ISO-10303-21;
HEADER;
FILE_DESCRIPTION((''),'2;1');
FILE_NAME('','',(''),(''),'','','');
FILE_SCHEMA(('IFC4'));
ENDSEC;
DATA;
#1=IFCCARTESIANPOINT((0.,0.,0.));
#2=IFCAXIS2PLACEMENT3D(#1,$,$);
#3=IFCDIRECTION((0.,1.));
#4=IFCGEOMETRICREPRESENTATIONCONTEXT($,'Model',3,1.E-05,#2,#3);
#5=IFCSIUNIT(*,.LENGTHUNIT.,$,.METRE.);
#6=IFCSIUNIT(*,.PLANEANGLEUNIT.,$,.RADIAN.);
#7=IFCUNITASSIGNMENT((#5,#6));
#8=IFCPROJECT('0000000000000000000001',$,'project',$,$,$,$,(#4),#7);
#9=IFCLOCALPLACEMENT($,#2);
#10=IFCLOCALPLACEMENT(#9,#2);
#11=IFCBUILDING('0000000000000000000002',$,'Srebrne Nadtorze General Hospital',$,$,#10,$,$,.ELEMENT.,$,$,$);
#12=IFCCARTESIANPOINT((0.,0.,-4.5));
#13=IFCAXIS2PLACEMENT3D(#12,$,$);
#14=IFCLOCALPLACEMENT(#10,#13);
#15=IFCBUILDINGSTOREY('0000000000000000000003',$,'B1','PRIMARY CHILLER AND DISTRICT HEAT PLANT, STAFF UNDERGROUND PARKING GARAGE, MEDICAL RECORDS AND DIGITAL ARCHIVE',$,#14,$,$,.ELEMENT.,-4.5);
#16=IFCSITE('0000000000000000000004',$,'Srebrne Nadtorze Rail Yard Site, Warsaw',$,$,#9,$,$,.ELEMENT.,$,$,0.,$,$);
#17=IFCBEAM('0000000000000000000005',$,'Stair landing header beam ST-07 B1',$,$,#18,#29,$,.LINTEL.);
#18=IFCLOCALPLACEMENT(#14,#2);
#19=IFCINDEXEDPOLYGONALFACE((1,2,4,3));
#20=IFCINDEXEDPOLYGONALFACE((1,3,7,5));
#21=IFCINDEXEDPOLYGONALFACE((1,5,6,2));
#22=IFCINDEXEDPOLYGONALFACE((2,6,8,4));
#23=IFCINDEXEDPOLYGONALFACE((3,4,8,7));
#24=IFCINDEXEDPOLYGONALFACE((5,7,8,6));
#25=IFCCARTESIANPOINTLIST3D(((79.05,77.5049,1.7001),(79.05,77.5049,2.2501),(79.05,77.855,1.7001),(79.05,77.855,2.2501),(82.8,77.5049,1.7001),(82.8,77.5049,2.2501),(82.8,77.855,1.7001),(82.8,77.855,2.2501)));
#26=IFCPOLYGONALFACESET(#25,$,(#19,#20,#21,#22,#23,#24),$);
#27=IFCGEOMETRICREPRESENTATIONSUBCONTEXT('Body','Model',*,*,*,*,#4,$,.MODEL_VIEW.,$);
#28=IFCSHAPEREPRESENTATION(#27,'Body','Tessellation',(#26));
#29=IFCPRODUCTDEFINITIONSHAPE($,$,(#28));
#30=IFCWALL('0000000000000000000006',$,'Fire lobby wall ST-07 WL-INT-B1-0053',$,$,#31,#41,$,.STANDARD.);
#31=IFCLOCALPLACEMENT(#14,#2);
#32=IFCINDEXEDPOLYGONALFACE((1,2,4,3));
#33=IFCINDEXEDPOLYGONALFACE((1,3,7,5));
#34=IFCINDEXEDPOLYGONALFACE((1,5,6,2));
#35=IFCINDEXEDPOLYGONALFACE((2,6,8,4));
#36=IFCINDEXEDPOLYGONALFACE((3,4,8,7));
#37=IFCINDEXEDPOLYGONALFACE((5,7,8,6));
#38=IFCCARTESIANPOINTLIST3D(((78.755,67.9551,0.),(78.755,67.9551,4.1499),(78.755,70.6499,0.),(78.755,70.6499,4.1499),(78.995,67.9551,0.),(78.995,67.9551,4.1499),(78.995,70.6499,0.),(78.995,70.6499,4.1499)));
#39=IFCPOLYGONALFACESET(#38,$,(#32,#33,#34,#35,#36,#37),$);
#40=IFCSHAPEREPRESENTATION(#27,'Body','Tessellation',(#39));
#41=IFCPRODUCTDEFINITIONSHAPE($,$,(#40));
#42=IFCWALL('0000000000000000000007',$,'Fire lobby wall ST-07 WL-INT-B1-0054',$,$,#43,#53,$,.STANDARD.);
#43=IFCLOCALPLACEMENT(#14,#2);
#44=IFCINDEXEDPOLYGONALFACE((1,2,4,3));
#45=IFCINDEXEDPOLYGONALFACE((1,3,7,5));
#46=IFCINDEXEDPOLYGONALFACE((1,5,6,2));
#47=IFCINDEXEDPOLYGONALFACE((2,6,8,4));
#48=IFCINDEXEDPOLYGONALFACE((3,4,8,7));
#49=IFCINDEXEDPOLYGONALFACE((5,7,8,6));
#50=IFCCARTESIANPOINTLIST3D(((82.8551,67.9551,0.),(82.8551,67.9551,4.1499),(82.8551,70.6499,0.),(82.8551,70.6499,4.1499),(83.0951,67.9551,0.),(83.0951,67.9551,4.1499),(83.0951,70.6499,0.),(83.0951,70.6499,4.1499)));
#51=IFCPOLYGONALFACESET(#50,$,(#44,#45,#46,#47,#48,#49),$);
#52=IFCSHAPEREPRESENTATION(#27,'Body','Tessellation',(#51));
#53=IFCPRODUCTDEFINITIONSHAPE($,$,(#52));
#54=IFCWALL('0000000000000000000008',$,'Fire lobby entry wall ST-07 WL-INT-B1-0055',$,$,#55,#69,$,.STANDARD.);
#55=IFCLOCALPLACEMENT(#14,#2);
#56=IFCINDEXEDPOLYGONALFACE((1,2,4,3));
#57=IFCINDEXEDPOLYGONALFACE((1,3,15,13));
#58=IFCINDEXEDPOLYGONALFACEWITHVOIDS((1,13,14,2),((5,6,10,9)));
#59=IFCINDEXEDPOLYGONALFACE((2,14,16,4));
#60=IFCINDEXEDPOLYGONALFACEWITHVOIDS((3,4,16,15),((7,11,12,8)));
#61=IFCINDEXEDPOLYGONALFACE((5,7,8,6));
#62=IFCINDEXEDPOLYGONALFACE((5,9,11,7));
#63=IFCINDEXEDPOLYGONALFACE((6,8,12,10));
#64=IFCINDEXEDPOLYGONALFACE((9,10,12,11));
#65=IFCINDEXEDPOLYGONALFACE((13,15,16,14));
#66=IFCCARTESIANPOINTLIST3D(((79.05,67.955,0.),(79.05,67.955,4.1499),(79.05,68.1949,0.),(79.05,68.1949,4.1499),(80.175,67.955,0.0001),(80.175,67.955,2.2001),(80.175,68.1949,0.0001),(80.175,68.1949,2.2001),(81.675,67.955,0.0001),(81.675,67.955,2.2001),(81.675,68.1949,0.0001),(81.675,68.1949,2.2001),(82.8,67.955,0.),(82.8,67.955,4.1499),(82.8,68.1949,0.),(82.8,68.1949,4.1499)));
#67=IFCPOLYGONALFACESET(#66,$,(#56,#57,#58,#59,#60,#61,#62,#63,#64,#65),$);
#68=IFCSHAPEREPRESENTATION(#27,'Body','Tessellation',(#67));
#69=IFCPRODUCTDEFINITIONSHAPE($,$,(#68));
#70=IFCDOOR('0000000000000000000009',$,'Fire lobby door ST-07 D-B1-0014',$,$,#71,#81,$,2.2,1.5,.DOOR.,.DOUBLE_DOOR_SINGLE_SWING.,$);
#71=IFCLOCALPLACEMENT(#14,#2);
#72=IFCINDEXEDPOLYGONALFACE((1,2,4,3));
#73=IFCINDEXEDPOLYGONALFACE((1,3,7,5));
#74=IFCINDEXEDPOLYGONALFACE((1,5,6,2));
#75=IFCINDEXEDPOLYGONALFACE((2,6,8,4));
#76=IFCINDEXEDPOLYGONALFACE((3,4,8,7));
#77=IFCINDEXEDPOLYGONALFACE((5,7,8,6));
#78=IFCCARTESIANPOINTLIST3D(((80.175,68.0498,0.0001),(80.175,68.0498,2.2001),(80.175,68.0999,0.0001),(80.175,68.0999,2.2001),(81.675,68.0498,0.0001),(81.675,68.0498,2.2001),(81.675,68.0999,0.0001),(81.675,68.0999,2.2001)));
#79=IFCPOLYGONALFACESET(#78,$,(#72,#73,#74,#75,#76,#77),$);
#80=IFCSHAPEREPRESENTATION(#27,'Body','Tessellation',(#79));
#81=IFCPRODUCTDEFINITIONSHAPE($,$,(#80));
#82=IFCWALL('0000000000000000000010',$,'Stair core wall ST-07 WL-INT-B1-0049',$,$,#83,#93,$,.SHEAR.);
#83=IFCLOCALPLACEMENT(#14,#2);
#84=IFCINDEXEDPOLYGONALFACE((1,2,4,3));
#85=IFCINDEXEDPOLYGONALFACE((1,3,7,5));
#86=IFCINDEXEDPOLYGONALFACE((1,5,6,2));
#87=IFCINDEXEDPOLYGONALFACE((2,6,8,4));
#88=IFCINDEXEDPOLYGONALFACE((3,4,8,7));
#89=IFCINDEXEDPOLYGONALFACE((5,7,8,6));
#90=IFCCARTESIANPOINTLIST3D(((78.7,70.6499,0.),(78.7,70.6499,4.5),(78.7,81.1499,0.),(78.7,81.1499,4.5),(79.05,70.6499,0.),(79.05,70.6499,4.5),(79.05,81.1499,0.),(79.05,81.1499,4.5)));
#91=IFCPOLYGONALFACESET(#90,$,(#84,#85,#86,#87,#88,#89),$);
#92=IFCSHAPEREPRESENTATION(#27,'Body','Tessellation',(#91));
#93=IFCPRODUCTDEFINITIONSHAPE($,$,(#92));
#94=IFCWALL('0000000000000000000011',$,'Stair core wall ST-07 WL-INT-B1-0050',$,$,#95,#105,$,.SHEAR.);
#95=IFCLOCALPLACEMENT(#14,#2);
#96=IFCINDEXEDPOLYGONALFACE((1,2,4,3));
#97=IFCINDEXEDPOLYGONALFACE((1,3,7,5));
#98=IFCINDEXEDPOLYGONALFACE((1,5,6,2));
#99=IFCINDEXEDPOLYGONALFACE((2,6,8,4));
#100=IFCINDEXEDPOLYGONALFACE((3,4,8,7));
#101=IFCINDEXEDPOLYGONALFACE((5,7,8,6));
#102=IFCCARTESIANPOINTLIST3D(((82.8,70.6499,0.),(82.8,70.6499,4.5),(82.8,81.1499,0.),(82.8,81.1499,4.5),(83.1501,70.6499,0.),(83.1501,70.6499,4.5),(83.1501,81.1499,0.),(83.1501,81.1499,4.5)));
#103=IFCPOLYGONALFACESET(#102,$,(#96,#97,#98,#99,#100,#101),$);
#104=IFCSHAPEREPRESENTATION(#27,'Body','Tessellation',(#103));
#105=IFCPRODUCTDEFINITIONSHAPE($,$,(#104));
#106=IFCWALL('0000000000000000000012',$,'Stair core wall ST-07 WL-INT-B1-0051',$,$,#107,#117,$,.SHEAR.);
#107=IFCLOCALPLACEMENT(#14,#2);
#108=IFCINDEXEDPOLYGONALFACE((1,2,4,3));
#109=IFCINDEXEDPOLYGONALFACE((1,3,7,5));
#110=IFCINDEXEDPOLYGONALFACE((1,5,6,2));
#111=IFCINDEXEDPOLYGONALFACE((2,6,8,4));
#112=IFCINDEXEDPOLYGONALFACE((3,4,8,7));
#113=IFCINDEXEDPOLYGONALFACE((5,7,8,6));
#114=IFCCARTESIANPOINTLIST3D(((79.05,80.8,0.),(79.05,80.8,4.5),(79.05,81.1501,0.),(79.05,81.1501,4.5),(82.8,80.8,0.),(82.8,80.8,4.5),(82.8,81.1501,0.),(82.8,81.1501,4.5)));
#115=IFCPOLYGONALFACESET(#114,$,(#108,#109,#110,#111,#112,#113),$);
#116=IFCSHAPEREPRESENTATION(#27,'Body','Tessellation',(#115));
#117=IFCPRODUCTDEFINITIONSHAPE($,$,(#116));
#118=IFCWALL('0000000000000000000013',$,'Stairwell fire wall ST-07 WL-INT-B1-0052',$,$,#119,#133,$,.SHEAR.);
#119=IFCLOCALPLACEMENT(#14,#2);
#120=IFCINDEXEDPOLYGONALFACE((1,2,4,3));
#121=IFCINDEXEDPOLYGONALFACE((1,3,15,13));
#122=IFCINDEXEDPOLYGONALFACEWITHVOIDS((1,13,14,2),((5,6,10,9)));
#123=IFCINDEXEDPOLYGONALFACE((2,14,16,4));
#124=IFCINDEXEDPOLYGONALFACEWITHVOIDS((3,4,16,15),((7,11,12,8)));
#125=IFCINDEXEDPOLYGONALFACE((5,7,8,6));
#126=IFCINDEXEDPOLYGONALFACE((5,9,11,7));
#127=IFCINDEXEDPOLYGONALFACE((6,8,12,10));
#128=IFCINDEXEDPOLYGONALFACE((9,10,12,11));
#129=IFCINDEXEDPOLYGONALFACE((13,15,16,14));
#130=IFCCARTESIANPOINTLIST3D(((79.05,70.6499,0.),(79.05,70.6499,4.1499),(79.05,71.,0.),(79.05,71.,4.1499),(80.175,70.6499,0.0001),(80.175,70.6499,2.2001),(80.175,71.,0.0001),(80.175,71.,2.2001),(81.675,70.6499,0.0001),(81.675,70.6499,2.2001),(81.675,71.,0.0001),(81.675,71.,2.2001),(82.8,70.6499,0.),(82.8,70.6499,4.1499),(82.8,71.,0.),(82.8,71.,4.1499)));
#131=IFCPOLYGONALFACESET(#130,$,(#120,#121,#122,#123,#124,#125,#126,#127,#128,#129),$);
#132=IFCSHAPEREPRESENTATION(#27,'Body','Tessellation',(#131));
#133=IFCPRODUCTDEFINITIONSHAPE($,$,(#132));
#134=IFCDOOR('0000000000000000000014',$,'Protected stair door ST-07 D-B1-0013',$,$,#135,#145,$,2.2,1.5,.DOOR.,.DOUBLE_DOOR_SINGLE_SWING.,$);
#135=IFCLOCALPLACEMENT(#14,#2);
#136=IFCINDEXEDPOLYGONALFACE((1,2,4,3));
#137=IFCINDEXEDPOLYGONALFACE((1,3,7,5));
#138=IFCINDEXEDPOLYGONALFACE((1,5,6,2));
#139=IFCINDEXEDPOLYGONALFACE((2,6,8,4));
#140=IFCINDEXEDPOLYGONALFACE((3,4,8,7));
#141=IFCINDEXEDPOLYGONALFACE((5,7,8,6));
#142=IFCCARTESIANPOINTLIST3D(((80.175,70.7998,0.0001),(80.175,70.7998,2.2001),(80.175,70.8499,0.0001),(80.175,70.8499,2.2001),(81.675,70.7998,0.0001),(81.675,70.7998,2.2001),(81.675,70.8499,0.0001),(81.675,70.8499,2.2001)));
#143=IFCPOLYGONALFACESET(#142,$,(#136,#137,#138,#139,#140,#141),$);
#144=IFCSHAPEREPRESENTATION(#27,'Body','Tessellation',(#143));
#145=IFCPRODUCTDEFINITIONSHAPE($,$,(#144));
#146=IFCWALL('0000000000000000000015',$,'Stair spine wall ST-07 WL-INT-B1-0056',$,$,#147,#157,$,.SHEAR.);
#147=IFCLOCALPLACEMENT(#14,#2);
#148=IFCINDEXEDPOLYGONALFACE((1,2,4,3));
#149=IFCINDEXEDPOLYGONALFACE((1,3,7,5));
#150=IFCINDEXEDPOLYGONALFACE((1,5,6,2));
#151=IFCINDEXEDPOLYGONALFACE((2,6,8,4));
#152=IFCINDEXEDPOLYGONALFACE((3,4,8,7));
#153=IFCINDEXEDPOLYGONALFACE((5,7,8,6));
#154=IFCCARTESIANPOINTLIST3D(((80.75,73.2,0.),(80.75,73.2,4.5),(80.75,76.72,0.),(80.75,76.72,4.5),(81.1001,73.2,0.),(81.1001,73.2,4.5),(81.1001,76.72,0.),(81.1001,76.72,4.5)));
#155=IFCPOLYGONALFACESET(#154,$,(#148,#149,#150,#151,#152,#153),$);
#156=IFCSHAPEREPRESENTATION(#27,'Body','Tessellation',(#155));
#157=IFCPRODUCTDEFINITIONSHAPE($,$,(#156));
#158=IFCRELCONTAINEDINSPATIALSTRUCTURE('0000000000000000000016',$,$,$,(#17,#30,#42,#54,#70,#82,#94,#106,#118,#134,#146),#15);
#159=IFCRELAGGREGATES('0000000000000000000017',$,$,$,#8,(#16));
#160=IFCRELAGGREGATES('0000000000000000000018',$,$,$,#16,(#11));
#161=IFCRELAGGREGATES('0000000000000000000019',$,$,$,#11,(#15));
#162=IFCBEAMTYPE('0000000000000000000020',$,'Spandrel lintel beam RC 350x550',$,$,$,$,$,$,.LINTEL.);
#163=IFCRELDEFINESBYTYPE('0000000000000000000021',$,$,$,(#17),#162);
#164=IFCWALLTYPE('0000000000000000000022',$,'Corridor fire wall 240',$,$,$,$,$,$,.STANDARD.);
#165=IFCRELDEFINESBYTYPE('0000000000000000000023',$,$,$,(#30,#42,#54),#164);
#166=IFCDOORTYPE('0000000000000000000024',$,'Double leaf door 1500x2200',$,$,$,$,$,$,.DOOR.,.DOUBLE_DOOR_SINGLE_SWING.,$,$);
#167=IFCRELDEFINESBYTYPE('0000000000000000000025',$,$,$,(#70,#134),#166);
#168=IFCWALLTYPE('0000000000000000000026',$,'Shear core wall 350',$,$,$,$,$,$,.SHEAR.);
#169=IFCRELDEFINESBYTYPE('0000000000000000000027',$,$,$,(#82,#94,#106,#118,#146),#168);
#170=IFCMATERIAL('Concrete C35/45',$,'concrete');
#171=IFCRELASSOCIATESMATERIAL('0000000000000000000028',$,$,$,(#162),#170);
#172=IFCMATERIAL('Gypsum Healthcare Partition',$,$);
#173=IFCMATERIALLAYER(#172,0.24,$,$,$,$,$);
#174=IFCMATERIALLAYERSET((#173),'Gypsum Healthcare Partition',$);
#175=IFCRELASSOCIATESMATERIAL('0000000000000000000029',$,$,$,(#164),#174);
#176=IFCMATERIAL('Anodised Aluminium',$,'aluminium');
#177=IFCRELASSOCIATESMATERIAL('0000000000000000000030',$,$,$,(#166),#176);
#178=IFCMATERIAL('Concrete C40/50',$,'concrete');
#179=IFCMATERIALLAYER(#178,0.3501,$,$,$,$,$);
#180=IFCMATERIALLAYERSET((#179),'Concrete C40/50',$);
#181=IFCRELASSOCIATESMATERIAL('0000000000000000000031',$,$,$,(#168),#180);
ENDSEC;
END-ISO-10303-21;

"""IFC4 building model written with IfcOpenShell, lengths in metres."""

from ifc_helpers import new_model, si_unit, direction, frame, frame_2d, origin, origin_2d, place, context, subcontext, project, spatial, rectangle, extrude, material, layer, layer_set, material_profile, profile_set, type_object, element, fill, save


model = new_model("IFC4")

# Units and contexts
model_context = context("Model", 3, precision=1e-05, world=origin(), true_north=direction((0.0, 1.0)))
body_context = subcontext(model_context, "Body", "Model", "MODEL_VIEW")
ifc_project = project(units=[si_unit("LENGTHUNIT", "METRE"), si_unit("PLANEANGLEUNIT", "RADIAN")], contexts=[model_context])

# Site, building, storey
site_placement = place(None, origin())
site = spatial("IfcSite", under=ifc_project, at=site_placement, Name="Srebrne Nadtorze Rail Yard Site, Warsaw", CompositionType="ELEMENT", RefElevation=0.0)
building_placement = place(site_placement, origin())
building = spatial("IfcBuilding", under=site, at=building_placement, Name="Srebrne Nadtorze General Hospital", CompositionType="ELEMENT")
storey_placement = place(building_placement, frame((0.0, 0.0, -4.5)))
storey = spatial("IfcBuildingStorey", under=building, at=storey_placement, Name="B1", Description="PRIMARY CHILLER AND DISTRICT HEAT PLANT, STAFF UNDERGROUND PARKING GARAGE, MEDICAL RECORDS AND DIGITAL ARCHIVE", CompositionType="ELEMENT", Elevation=-4.5)

# Beam
ifc_material_1 = material(Name="Concrete C35/45", Category="concrete")
ifc_material_profile_1 = material_profile(ifc_material_1, rectangle(XDim=0.3501, YDim=0.55, at=origin_2d()), Name="RC-BM-350x550")
ifc_profile_set_1 = profile_set([ifc_material_profile_1], Name="Concrete C35/45")
beam_type_1 = type_object("IfcBeamType", Name="Spandrel lintel beam RC 350x550", PredefinedType="LINTEL", material=ifc_profile_set_1)
beam_1_placement = place(storey_placement, frame((79.05, 77.6799, 1.9751), z_axis=(1.0, 0.0, 0.0), x_axis=(0.0, 1.0, 0.0)))
element("IfcBeam", 1, at=beam_1_placement, inside=storey, type_object=beam_type_1, Name="Stair landing header beam ST-07 B1", PredefinedType="LINTEL", context=body_context, shape_type="SweptSolid", body=[
    extrude(rectangle(XDim=0.3501, YDim=0.55, at=origin_2d()), origin(), (0.0, 0.0, 1.0), 3.75),
])

# Walls
ifc_material_2 = material(Name="Gypsum Healthcare Partition")
ifc_layer_1 = layer(ifc_material_2, 0.24)
ifc_layer_set_1 = layer_set([ifc_layer_1], Name="Gypsum Healthcare Partition")
wall_type_1 = type_object("IfcWallType", Name="Corridor fire wall 240", PredefinedType="STANDARD", material=ifc_layer_set_1)
for number, where, z_axis, x_axis, name in (
    (2, (78.875, 67.9551, 0.0), (0.0, 0.0, 1.0), (0.0, 1.0, 0.0), "Fire lobby wall ST-07 WL-INT-B1-0053"),
    (3, (82.9751, 67.9551, 0.0), (0.0, 0.0, 1.0), (0.0, 1.0, 0.0), "Fire lobby wall ST-07 WL-INT-B1-0054"),
):
    element("IfcWall", number, at=place(storey_placement, frame(where, z_axis=z_axis, x_axis=x_axis)), inside=storey, type_object=wall_type_1, Name=name, PredefinedType="STANDARD", context=body_context, shape_type="SweptSolid", body=[
        extrude(rectangle(XDim=2.6948, YDim=0.24, at=frame_2d((1.3474, 0.0))), origin(), (0.0, 0.0, 1.0), 4.1499),
    ])

# Wall, opening, door
wall_1_placement = place(storey_placement, frame((79.05, 68.075, 0.0), z_axis=(0.0, 0.0, 1.0), x_axis=(1.0, 0.0, 0.0)))
wall_1 = element("IfcWall", 4, at=wall_1_placement, inside=storey, type_object=wall_type_1, Name="Fire lobby entry wall ST-07 WL-INT-B1-0055", PredefinedType="STANDARD", context=body_context, shape_type="SweptSolid", body=[
    extrude(rectangle(XDim=3.75, YDim=0.24, at=frame_2d((1.875, 0.0))), origin(), (0.0, 0.0, 1.0), 4.1499),
])
opening_1_placement = place(wall_1_placement, frame((1.125, 0.0, 0.0)))
opening_1 = element("IfcOpeningElement", 5, at=opening_1_placement, cuts=wall_1, PredefinedType="OPENING", context=body_context, shape_type="SweptSolid", body=[
    extrude(rectangle(XDim=1.5, YDim=2.2, at=frame_2d((0.75, 1.1001))), frame((0.0, 0.1318, 0.0), z_axis=(0.0, -1.0, 0.0), x_axis=(1.0, 0.0, 0.0)), (0.0, 0.0, 1.0), 0.2639),
])
ifc_material_3 = material(Name="Anodised Aluminium", Category="aluminium")
door_type = type_object("IfcDoorType", Name="Double leaf door 1500x2200", OperationType="DOUBLE_DOOR_SINGLE_SWING", PredefinedType="DOOR", material=ifc_material_3)
door_1_placement = place(opening_1_placement, origin())
door_1 = element("IfcDoor", 6, at=door_1_placement, inside=storey, type_object=door_type, Name="Fire lobby door ST-07 D-B1-0014", OperationType="DOUBLE_DOOR_SINGLE_SWING", OverallHeight=2.2, OverallWidth=1.5, PredefinedType="DOOR", context=body_context, shape_type="SweptSolid", body=[
    extrude(rectangle(XDim=1.5, YDim=2.2, at=frame_2d((0.75, 1.1001))), frame((0.0, 0.0249, 0.0), z_axis=(0.0, -1.0, 0.0), x_axis=(1.0, 0.0, 0.0)), (0.0, 0.0, 1.0), 0.05),
])
fill(opening_1, door_1)

# Walls
ifc_material_4 = material(Name="Concrete C40/50", Category="concrete")
ifc_layer_2 = layer(ifc_material_4, 0.3501)
ifc_layer_set_2 = layer_set([ifc_layer_2], Name="Concrete C40/50")
wall_type_2 = type_object("IfcWallType", Name="Shear core wall 350", PredefinedType="SHEAR", material=ifc_layer_set_2)
for number, where, z_axis, x_axis, name in (
    (7, (78.875, 70.6499, 0.0), (0.0, 0.0, 1.0), (0.0, 1.0, 0.0), "Stair core wall ST-07 WL-INT-B1-0049"),
    (8, (82.9751, 70.6499, 0.0), (0.0, 0.0, 1.0), (0.0, 1.0, 0.0), "Stair core wall ST-07 WL-INT-B1-0050"),
):
    element("IfcWall", number, at=place(storey_placement, frame(where, z_axis=z_axis, x_axis=x_axis)), inside=storey, type_object=wall_type_2, Name=name, PredefinedType="SHEAR", context=body_context, shape_type="SweptSolid", body=[
        extrude(rectangle(XDim=10.5, YDim=0.3501, at=frame_2d((5.25, 0.0))), origin(), (0.0, 0.0, 1.0), 4.5),
    ])
wall_2_placement = place(storey_placement, frame((79.05, 80.9751, 0.0), z_axis=(0.0, 0.0, 1.0), x_axis=(1.0, 0.0, 0.0)))
element("IfcWall", 9, at=wall_2_placement, inside=storey, type_object=wall_type_2, Name="Stair core wall ST-07 WL-INT-B1-0051", PredefinedType="SHEAR", context=body_context, shape_type="SweptSolid", body=[
    extrude(rectangle(XDim=3.75, YDim=0.3501, at=frame_2d((1.875, 0.0))), origin(), (0.0, 0.0, 1.0), 4.5),
])

# Wall, opening, door
wall_3_placement = place(storey_placement, frame((79.05, 70.825, 0.0), z_axis=(0.0, 0.0, 1.0), x_axis=(1.0, 0.0, 0.0)))
wall_3 = element("IfcWall", 10, at=wall_3_placement, inside=storey, type_object=wall_type_2, Name="Stairwell fire wall ST-07 WL-INT-B1-0052", PredefinedType="SHEAR", context=body_context, shape_type="SweptSolid", body=[
    extrude(rectangle(XDim=3.75, YDim=0.3501, at=frame_2d((1.875, 0.0))), origin(), (0.0, 0.0, 1.0), 4.1499),
])
opening_2_placement = place(wall_3_placement, frame((1.125, 0.0, 0.0)))
opening_2 = element("IfcOpeningElement", 11, at=opening_2_placement, cuts=wall_3, PredefinedType="OPENING", context=body_context, shape_type="SweptSolid", body=[
    extrude(rectangle(XDim=1.5, YDim=2.2, at=frame_2d((0.75, 1.1001))), frame((0.0, 0.187, 0.0), z_axis=(0.0, -1.0, 0.0), x_axis=(1.0, 0.0, 0.0)), (0.0, 0.0, 1.0), 0.374),
])
door_2_placement = place(opening_2_placement, origin())
door_2 = element("IfcDoor", 12, at=door_2_placement, inside=storey, type_object=door_type, Name="Protected stair door ST-07 D-B1-0013", OperationType="DOUBLE_DOOR_SINGLE_SWING", OverallHeight=2.2, OverallWidth=1.5, PredefinedType="DOOR", context=body_context, shape_type="SweptSolid", body=[
    extrude(rectangle(XDim=1.5, YDim=2.2, at=frame_2d((0.75, 1.1001))), frame((0.0, 0.0249, 0.0), z_axis=(0.0, -1.0, 0.0), x_axis=(1.0, 0.0, 0.0)), (0.0, 0.0, 1.0), 0.05),
])
fill(opening_2, door_2)

# Wall
wall_4_placement = place(storey_placement, frame((80.925, 73.2, 0.0), z_axis=(0.0, 0.0, 1.0), x_axis=(0.0, 1.0, 0.0)))
element("IfcWall", 13, at=wall_4_placement, inside=storey, type_object=wall_type_2, Name="Stair spine wall ST-07 WL-INT-B1-0056", PredefinedType="SHEAR", context=body_context, shape_type="SweptSolid", body=[
    extrude(rectangle(XDim=3.52, YDim=0.3501, at=frame_2d((1.76, 0.0))), origin(), (0.0, 0.0, 1.0), 4.5),
])

save(model, "model.ifc")
